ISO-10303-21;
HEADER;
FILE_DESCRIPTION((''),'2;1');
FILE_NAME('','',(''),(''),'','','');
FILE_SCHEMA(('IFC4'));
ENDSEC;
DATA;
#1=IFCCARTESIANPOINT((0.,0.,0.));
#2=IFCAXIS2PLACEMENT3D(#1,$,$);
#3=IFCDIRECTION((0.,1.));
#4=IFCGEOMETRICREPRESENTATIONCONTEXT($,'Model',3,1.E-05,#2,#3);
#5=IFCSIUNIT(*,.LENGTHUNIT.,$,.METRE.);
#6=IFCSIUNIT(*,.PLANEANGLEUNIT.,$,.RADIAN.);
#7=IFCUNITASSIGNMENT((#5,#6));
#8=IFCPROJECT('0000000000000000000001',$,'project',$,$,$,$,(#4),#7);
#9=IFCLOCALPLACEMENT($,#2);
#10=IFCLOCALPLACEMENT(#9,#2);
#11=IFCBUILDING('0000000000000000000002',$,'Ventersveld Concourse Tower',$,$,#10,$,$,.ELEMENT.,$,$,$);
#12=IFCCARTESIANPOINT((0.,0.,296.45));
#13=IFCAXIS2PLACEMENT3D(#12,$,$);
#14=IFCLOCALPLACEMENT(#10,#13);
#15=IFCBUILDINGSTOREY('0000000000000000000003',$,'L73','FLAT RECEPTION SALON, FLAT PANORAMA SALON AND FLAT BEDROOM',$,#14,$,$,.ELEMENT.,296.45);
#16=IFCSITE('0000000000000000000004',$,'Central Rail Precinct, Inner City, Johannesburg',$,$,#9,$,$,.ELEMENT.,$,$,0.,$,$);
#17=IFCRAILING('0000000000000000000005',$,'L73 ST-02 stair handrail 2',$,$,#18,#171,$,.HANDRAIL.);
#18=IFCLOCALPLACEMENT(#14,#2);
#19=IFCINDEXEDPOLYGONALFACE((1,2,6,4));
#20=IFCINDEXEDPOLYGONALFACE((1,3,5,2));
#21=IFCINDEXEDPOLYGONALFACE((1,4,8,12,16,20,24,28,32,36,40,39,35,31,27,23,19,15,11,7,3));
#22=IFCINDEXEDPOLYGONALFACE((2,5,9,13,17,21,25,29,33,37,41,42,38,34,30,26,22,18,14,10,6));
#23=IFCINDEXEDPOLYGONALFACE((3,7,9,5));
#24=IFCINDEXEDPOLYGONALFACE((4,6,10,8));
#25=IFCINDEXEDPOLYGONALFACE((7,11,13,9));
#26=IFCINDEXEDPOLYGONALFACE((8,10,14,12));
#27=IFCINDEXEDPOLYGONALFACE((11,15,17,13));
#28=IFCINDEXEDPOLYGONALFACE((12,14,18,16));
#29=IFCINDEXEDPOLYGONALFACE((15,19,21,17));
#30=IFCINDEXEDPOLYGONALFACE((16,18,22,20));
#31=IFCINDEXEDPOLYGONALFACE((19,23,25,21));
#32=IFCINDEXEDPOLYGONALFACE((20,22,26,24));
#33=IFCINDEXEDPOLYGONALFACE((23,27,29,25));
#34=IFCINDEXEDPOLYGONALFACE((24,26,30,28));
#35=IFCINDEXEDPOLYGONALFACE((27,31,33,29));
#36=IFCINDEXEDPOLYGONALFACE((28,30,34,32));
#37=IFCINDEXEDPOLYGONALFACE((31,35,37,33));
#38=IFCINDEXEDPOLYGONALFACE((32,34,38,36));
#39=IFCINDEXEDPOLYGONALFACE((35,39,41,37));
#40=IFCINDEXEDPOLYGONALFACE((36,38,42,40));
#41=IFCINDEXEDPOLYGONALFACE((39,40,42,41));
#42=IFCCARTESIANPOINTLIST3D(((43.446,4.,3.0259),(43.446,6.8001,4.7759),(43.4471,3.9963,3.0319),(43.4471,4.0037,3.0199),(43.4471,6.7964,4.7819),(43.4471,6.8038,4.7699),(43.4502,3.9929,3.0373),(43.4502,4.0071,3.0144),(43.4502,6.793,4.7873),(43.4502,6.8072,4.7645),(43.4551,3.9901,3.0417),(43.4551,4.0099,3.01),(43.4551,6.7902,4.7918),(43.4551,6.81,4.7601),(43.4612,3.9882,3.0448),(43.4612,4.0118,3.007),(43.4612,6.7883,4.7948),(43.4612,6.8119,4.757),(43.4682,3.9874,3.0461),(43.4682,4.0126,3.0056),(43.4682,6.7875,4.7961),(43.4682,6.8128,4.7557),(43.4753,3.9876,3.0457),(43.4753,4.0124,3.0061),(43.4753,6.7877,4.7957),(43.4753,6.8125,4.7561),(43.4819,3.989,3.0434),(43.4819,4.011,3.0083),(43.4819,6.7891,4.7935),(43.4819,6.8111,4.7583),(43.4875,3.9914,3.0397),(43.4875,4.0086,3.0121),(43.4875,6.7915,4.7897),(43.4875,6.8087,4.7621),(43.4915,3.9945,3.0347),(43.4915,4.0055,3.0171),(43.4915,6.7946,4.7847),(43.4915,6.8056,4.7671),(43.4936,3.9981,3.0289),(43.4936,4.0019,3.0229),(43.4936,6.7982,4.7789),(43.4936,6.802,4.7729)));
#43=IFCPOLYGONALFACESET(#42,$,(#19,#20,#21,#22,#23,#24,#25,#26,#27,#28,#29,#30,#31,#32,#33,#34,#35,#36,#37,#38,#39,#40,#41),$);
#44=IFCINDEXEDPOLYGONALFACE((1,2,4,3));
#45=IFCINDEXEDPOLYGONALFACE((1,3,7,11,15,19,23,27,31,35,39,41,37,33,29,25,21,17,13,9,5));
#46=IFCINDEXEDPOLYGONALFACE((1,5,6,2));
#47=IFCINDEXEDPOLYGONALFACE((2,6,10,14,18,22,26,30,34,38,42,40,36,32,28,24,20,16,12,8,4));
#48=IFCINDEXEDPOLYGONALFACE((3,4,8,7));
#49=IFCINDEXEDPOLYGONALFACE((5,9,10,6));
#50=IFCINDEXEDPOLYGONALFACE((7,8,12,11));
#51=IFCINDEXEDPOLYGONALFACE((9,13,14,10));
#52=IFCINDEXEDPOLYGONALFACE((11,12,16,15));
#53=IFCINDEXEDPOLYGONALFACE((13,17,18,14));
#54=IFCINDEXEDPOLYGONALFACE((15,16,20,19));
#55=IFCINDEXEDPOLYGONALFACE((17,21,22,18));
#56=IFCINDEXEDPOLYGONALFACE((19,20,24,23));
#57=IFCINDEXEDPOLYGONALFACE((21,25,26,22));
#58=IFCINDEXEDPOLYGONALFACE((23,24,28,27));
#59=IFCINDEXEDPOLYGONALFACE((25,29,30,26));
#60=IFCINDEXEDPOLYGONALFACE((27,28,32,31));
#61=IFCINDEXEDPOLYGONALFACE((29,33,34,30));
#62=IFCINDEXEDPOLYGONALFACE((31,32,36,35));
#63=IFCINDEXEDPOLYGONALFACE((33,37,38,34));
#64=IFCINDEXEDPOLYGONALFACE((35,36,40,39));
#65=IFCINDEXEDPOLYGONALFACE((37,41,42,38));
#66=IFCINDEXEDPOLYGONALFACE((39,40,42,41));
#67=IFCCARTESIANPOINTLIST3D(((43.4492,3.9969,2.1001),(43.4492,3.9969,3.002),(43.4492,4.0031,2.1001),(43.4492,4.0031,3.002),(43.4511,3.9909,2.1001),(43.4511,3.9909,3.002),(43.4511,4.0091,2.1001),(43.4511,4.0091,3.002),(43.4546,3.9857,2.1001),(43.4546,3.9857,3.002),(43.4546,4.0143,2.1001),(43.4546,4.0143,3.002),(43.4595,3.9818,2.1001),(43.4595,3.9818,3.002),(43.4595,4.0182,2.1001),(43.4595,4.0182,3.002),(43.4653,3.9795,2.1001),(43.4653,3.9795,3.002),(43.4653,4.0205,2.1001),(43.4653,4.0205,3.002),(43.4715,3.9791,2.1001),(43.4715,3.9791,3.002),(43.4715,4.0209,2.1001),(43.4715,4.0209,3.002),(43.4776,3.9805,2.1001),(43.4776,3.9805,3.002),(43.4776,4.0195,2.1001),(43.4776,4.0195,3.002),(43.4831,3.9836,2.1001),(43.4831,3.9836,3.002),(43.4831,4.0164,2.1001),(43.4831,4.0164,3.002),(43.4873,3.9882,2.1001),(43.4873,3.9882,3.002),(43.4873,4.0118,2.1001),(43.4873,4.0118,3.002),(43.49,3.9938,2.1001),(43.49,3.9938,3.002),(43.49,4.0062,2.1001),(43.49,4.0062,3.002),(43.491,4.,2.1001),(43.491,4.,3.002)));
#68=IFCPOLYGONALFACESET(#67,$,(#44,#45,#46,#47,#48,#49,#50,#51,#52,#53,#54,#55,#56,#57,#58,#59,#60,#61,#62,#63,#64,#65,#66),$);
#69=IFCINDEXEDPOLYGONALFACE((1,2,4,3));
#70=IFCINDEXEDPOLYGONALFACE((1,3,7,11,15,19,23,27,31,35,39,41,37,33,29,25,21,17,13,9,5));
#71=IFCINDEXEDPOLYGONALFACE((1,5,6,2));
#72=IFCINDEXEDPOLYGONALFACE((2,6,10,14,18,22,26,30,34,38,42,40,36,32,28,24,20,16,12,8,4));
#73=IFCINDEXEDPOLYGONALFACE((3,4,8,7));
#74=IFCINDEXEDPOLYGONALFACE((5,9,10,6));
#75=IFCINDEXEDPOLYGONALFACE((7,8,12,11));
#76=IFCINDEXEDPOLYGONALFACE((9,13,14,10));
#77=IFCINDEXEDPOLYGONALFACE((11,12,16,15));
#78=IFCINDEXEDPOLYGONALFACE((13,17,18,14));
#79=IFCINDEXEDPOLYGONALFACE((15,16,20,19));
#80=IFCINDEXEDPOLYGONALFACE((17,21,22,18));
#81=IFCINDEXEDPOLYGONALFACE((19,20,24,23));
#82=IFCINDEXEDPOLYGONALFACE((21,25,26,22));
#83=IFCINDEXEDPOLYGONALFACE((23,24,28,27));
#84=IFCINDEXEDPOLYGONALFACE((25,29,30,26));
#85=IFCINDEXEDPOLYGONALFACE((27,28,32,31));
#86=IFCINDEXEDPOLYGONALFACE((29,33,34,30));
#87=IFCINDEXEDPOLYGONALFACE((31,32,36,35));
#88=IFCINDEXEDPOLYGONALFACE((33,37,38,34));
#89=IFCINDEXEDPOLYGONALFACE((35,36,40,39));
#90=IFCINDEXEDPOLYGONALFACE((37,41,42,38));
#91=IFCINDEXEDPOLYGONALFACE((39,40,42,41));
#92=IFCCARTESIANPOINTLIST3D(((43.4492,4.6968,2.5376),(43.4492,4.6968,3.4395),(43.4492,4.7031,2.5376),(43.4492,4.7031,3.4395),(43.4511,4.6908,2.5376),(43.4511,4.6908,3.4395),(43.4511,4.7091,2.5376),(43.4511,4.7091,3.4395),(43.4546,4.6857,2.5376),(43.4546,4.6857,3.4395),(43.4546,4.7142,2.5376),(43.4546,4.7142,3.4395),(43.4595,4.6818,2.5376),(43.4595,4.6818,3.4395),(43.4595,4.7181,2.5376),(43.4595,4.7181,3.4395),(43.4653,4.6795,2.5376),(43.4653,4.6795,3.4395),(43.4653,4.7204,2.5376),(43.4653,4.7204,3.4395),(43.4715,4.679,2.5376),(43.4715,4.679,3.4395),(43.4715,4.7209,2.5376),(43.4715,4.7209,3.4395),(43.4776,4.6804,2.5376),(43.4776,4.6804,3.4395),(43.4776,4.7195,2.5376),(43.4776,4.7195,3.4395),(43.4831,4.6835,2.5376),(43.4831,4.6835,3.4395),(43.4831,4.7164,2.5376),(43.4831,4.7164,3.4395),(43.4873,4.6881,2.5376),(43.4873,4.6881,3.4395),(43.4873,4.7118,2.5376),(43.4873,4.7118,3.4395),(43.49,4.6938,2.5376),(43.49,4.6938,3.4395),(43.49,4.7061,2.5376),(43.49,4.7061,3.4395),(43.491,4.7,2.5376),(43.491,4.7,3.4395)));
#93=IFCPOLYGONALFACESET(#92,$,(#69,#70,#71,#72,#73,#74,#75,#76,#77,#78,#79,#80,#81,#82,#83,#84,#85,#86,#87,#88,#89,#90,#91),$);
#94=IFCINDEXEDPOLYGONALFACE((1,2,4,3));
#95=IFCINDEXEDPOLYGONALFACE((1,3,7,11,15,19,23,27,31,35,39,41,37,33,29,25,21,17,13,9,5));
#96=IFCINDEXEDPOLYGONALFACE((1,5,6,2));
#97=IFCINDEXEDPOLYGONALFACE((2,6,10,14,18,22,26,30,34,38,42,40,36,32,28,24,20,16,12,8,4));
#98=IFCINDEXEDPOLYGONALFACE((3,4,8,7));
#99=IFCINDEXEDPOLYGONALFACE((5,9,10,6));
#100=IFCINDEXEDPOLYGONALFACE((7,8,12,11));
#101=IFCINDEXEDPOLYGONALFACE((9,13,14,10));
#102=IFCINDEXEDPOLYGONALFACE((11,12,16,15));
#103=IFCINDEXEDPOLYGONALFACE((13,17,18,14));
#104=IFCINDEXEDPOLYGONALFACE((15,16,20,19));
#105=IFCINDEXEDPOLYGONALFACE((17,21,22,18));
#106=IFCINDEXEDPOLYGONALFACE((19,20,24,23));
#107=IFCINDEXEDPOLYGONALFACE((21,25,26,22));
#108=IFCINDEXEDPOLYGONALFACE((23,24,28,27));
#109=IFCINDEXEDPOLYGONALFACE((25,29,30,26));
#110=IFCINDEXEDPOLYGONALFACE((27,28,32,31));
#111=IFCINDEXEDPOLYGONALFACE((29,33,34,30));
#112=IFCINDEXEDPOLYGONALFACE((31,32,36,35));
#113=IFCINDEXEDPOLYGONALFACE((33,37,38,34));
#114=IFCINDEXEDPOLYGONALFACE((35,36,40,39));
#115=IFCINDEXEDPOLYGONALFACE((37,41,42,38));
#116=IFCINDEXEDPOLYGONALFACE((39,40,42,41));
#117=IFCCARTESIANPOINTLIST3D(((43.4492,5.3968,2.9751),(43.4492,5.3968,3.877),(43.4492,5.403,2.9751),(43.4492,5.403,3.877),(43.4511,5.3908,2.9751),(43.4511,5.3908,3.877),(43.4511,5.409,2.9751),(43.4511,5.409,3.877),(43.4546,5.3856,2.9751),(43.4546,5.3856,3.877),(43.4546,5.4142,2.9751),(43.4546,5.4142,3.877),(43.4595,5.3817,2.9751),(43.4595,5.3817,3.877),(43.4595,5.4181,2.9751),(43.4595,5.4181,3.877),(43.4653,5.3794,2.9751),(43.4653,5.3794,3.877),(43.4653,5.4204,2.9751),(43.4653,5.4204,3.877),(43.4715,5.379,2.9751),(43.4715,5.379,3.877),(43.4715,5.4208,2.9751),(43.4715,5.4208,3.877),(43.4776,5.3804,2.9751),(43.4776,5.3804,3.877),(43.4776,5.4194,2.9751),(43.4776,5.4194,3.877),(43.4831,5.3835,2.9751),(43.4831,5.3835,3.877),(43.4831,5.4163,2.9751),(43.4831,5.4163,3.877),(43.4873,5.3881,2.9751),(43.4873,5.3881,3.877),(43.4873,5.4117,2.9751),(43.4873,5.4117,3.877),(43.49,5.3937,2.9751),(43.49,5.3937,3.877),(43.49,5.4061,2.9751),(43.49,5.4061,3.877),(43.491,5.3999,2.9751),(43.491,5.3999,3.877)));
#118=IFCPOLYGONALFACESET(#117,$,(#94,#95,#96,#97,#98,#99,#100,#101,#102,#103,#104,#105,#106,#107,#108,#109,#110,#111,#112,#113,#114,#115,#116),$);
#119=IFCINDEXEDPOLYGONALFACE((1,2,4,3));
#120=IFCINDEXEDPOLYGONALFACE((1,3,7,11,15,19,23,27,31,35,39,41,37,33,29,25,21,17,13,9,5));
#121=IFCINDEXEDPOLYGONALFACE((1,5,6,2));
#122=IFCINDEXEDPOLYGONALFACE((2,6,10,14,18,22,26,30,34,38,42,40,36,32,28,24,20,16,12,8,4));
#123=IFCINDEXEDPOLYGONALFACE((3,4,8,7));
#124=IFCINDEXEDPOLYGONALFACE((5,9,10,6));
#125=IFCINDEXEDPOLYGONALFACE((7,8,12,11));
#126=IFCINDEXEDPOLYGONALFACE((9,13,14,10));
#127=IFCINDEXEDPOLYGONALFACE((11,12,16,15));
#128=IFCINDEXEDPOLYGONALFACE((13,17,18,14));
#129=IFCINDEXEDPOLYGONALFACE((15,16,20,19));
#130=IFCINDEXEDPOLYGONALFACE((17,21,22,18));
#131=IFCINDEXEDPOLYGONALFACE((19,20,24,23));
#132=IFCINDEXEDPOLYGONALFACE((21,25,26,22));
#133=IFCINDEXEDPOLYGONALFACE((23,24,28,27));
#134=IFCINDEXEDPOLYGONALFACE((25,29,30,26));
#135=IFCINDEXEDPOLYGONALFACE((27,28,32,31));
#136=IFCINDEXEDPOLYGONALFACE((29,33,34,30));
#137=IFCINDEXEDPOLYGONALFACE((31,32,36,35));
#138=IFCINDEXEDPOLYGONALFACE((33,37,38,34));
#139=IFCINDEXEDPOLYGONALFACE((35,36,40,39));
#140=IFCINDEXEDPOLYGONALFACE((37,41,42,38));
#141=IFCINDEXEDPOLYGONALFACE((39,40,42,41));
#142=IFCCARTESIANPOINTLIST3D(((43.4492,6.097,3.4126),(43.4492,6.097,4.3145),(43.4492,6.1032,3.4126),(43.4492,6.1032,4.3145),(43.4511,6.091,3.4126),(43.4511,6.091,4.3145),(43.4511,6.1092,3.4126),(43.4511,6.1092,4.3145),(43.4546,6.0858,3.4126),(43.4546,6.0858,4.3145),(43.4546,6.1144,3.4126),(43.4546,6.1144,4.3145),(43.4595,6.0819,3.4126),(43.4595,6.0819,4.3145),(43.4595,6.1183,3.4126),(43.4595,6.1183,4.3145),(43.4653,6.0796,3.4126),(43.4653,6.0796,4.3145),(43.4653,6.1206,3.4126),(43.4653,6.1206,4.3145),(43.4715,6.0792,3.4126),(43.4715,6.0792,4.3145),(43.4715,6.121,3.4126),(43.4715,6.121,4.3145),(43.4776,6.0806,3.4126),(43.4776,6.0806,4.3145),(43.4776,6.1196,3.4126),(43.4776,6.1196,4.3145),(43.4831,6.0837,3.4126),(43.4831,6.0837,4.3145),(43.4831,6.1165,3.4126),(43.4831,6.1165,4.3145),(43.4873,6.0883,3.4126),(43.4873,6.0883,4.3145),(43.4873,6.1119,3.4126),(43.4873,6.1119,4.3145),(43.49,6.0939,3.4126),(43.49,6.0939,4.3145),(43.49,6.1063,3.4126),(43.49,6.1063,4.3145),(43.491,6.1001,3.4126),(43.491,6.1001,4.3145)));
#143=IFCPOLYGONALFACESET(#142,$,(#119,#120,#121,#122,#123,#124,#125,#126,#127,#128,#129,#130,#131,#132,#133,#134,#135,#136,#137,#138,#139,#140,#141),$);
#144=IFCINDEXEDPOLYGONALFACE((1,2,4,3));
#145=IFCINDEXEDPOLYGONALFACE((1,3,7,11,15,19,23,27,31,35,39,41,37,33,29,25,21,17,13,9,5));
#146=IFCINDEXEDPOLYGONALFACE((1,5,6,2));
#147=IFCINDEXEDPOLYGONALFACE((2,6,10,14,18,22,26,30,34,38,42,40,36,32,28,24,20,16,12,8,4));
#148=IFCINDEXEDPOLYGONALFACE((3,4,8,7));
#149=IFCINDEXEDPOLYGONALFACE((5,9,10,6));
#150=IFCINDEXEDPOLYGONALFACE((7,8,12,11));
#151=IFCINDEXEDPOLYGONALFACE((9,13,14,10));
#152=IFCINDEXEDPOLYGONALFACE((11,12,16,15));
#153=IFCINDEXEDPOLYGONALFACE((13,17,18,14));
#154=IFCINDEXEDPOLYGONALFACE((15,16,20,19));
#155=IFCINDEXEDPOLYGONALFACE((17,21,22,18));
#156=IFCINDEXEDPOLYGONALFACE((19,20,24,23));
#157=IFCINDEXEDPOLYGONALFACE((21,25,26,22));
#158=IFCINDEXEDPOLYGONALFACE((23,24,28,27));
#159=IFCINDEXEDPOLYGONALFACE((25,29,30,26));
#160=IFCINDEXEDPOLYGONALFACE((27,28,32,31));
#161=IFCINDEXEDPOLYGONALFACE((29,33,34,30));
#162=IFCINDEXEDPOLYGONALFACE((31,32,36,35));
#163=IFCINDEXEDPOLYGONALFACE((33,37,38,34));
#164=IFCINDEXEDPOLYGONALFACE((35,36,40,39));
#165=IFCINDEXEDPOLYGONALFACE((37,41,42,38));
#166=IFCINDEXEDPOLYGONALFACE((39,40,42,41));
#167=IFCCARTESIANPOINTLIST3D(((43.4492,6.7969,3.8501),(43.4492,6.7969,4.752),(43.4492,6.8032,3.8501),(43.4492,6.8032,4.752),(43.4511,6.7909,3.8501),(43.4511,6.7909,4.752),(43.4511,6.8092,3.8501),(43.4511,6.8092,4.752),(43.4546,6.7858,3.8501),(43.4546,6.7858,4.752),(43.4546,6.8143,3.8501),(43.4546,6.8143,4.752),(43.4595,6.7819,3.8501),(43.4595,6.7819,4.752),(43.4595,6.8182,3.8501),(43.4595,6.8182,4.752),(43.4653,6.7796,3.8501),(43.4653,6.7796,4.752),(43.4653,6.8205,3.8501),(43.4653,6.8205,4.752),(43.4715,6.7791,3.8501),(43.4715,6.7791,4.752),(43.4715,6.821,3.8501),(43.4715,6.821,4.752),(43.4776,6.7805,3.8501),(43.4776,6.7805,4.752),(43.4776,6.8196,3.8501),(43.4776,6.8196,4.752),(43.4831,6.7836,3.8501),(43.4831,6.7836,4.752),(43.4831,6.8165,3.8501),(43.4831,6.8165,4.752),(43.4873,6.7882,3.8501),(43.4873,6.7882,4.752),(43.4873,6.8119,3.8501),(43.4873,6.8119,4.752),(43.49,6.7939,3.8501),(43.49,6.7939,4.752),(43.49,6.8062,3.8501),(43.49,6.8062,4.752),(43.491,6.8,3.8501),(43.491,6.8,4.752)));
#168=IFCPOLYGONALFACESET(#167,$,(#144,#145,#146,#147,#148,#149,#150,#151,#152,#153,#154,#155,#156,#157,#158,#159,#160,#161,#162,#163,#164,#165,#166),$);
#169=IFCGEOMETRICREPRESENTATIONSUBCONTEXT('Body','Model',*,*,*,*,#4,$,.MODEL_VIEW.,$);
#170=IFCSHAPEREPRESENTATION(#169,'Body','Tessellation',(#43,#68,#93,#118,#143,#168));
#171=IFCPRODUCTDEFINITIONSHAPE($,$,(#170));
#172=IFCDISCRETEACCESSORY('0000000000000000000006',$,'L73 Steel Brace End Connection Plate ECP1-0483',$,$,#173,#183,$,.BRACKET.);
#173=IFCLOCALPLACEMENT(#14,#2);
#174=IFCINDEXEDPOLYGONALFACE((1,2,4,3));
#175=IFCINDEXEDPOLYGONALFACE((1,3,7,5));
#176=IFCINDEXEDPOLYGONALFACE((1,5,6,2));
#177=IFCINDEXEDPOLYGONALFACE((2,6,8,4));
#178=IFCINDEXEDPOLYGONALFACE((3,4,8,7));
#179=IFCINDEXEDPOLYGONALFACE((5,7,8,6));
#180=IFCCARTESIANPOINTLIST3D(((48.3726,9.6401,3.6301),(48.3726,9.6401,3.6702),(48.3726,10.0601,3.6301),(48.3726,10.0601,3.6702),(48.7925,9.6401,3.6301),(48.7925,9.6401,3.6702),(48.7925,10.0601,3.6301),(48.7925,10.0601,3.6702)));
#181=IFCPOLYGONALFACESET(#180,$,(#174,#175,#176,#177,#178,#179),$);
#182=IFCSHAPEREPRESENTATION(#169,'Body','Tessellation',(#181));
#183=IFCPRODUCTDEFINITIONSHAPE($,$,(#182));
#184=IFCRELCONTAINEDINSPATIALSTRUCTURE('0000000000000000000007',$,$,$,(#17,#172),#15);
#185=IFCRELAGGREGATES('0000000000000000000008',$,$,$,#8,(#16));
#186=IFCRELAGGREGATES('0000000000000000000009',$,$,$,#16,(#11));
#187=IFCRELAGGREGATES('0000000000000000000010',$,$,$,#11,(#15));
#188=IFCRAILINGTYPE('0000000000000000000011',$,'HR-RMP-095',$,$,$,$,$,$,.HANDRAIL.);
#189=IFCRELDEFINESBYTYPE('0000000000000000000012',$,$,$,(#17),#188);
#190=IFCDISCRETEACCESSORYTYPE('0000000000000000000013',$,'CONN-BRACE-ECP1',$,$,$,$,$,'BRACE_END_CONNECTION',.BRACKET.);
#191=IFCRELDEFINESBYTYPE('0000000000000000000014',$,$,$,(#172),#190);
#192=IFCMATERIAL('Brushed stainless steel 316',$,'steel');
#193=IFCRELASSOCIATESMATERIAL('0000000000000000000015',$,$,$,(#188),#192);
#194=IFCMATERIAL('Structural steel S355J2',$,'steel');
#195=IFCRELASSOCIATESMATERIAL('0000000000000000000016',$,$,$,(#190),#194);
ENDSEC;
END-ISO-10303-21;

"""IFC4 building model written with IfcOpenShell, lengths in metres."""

from ifc_helpers import new_model, si_unit, direction, frame, origin, origin_2d, place, context, subcontext, project, spatial, rectangle, circle, extrude, material, type_object, element, save


model = new_model("IFC4")

# Units and contexts
model_context = context("Model", 3, precision=1e-05, world=origin(), true_north=direction((0.0, 1.0)))
body_context = subcontext(model_context, "Body", "Model", "MODEL_VIEW")
ifc_project = project(units=[si_unit("LENGTHUNIT", "METRE"), si_unit("PLANEANGLEUNIT", "RADIAN")], contexts=[model_context])

# Site, building, storey
site_placement = place(None, origin())
site = spatial("IfcSite", under=ifc_project, at=site_placement, Name="Central Rail Precinct, Inner City, Johannesburg", CompositionType="ELEMENT", RefElevation=0.0)
building_placement = place(site_placement, origin())
building = spatial("IfcBuilding", under=site, at=building_placement, Name="Ventersveld Concourse Tower", CompositionType="ELEMENT")
storey_placement = place(building_placement, frame((0.0, 0.0, 296.45)))
storey = spatial("IfcBuildingStorey", under=building, at=storey_placement, Name="L73", Description="FLAT RECEPTION SALON, FLAT PANORAMA SALON AND FLAT BEDROOM", CompositionType="ELEMENT", Elevation=296.45)

# Shared definitions
ifc_material_1 = material(Name="Structural steel S355J2", Category="steel")

# Railing
ifc_material_2 = material(Name="Brushed stainless steel 316", Category="steel")
railing_type = type_object("IfcRailingType", Name="HR-RMP-095", PredefinedType="HANDRAIL", material=ifc_material_2)
railing_placement = place(storey_placement, frame((43.47, 4.0, 2.1001)))
element("IfcRailing", 1, at=railing_placement, inside=storey, type_object=railing_type, Name="L73 ST-02 stair handrail 2", PredefinedType="HANDRAIL", context=body_context, shape_type="SweptSolid", body=[
    extrude(circle(Radius=0.0239, at=origin_2d()), frame((0.0, 0.0, 0.9258), z_axis=(0.0, 0.848002, 0.529992), x_axis=(-1.0, 0.0, 0.0)), (0.0, 0.0, 1.0), 3.302),
    extrude(circle(Radius=0.021, at=origin_2d()), origin(), (0.0, 0.0, 1.0), 0.9019),
    extrude(circle(Radius=0.021, at=origin_2d()), frame((0.0, 0.7, 0.4375)), (0.0, 0.0, 1.0), 0.9019),
    extrude(circle(Radius=0.021, at=origin_2d()), frame((0.0, 1.3999, 0.875)), (0.0, 0.0, 1.0), 0.9019),
    extrude(circle(Radius=0.021, at=origin_2d()), frame((0.0, 2.1001, 1.3125)), (0.0, 0.0, 1.0), 0.9019),
    extrude(circle(Radius=0.021, at=origin_2d()), frame((0.0, 2.8, 1.75)), (0.0, 0.0, 1.0), 0.9019),
])

# Discrete accessory
discrete_accessory_type = type_object("IfcDiscreteAccessoryType", Name="CONN-BRACE-ECP1", ElementType="BRACE_END_CONNECTION", PredefinedType="BRACKET", material=ifc_material_1)
discrete_accessory_placement = place(storey_placement, frame((48.5825, 9.8501, 3.6301), z_axis=(0.0, 0.0, 1.0), x_axis=(1.0, 0.0, 0.0)))
element("IfcDiscreteAccessory", 2, at=discrete_accessory_placement, inside=storey, type_object=discrete_accessory_type, Name="L73 Steel Brace End Connection Plate ECP1-0483", PredefinedType="BRACKET", context=body_context, shape_type="SweptSolid", body=[
    extrude(rectangle(XDim=0.4199, YDim=0.4199, at=origin_2d()), origin(), (0.0, 0.0, 1.0), 0.04),
])

save(model, "model.ifc")
